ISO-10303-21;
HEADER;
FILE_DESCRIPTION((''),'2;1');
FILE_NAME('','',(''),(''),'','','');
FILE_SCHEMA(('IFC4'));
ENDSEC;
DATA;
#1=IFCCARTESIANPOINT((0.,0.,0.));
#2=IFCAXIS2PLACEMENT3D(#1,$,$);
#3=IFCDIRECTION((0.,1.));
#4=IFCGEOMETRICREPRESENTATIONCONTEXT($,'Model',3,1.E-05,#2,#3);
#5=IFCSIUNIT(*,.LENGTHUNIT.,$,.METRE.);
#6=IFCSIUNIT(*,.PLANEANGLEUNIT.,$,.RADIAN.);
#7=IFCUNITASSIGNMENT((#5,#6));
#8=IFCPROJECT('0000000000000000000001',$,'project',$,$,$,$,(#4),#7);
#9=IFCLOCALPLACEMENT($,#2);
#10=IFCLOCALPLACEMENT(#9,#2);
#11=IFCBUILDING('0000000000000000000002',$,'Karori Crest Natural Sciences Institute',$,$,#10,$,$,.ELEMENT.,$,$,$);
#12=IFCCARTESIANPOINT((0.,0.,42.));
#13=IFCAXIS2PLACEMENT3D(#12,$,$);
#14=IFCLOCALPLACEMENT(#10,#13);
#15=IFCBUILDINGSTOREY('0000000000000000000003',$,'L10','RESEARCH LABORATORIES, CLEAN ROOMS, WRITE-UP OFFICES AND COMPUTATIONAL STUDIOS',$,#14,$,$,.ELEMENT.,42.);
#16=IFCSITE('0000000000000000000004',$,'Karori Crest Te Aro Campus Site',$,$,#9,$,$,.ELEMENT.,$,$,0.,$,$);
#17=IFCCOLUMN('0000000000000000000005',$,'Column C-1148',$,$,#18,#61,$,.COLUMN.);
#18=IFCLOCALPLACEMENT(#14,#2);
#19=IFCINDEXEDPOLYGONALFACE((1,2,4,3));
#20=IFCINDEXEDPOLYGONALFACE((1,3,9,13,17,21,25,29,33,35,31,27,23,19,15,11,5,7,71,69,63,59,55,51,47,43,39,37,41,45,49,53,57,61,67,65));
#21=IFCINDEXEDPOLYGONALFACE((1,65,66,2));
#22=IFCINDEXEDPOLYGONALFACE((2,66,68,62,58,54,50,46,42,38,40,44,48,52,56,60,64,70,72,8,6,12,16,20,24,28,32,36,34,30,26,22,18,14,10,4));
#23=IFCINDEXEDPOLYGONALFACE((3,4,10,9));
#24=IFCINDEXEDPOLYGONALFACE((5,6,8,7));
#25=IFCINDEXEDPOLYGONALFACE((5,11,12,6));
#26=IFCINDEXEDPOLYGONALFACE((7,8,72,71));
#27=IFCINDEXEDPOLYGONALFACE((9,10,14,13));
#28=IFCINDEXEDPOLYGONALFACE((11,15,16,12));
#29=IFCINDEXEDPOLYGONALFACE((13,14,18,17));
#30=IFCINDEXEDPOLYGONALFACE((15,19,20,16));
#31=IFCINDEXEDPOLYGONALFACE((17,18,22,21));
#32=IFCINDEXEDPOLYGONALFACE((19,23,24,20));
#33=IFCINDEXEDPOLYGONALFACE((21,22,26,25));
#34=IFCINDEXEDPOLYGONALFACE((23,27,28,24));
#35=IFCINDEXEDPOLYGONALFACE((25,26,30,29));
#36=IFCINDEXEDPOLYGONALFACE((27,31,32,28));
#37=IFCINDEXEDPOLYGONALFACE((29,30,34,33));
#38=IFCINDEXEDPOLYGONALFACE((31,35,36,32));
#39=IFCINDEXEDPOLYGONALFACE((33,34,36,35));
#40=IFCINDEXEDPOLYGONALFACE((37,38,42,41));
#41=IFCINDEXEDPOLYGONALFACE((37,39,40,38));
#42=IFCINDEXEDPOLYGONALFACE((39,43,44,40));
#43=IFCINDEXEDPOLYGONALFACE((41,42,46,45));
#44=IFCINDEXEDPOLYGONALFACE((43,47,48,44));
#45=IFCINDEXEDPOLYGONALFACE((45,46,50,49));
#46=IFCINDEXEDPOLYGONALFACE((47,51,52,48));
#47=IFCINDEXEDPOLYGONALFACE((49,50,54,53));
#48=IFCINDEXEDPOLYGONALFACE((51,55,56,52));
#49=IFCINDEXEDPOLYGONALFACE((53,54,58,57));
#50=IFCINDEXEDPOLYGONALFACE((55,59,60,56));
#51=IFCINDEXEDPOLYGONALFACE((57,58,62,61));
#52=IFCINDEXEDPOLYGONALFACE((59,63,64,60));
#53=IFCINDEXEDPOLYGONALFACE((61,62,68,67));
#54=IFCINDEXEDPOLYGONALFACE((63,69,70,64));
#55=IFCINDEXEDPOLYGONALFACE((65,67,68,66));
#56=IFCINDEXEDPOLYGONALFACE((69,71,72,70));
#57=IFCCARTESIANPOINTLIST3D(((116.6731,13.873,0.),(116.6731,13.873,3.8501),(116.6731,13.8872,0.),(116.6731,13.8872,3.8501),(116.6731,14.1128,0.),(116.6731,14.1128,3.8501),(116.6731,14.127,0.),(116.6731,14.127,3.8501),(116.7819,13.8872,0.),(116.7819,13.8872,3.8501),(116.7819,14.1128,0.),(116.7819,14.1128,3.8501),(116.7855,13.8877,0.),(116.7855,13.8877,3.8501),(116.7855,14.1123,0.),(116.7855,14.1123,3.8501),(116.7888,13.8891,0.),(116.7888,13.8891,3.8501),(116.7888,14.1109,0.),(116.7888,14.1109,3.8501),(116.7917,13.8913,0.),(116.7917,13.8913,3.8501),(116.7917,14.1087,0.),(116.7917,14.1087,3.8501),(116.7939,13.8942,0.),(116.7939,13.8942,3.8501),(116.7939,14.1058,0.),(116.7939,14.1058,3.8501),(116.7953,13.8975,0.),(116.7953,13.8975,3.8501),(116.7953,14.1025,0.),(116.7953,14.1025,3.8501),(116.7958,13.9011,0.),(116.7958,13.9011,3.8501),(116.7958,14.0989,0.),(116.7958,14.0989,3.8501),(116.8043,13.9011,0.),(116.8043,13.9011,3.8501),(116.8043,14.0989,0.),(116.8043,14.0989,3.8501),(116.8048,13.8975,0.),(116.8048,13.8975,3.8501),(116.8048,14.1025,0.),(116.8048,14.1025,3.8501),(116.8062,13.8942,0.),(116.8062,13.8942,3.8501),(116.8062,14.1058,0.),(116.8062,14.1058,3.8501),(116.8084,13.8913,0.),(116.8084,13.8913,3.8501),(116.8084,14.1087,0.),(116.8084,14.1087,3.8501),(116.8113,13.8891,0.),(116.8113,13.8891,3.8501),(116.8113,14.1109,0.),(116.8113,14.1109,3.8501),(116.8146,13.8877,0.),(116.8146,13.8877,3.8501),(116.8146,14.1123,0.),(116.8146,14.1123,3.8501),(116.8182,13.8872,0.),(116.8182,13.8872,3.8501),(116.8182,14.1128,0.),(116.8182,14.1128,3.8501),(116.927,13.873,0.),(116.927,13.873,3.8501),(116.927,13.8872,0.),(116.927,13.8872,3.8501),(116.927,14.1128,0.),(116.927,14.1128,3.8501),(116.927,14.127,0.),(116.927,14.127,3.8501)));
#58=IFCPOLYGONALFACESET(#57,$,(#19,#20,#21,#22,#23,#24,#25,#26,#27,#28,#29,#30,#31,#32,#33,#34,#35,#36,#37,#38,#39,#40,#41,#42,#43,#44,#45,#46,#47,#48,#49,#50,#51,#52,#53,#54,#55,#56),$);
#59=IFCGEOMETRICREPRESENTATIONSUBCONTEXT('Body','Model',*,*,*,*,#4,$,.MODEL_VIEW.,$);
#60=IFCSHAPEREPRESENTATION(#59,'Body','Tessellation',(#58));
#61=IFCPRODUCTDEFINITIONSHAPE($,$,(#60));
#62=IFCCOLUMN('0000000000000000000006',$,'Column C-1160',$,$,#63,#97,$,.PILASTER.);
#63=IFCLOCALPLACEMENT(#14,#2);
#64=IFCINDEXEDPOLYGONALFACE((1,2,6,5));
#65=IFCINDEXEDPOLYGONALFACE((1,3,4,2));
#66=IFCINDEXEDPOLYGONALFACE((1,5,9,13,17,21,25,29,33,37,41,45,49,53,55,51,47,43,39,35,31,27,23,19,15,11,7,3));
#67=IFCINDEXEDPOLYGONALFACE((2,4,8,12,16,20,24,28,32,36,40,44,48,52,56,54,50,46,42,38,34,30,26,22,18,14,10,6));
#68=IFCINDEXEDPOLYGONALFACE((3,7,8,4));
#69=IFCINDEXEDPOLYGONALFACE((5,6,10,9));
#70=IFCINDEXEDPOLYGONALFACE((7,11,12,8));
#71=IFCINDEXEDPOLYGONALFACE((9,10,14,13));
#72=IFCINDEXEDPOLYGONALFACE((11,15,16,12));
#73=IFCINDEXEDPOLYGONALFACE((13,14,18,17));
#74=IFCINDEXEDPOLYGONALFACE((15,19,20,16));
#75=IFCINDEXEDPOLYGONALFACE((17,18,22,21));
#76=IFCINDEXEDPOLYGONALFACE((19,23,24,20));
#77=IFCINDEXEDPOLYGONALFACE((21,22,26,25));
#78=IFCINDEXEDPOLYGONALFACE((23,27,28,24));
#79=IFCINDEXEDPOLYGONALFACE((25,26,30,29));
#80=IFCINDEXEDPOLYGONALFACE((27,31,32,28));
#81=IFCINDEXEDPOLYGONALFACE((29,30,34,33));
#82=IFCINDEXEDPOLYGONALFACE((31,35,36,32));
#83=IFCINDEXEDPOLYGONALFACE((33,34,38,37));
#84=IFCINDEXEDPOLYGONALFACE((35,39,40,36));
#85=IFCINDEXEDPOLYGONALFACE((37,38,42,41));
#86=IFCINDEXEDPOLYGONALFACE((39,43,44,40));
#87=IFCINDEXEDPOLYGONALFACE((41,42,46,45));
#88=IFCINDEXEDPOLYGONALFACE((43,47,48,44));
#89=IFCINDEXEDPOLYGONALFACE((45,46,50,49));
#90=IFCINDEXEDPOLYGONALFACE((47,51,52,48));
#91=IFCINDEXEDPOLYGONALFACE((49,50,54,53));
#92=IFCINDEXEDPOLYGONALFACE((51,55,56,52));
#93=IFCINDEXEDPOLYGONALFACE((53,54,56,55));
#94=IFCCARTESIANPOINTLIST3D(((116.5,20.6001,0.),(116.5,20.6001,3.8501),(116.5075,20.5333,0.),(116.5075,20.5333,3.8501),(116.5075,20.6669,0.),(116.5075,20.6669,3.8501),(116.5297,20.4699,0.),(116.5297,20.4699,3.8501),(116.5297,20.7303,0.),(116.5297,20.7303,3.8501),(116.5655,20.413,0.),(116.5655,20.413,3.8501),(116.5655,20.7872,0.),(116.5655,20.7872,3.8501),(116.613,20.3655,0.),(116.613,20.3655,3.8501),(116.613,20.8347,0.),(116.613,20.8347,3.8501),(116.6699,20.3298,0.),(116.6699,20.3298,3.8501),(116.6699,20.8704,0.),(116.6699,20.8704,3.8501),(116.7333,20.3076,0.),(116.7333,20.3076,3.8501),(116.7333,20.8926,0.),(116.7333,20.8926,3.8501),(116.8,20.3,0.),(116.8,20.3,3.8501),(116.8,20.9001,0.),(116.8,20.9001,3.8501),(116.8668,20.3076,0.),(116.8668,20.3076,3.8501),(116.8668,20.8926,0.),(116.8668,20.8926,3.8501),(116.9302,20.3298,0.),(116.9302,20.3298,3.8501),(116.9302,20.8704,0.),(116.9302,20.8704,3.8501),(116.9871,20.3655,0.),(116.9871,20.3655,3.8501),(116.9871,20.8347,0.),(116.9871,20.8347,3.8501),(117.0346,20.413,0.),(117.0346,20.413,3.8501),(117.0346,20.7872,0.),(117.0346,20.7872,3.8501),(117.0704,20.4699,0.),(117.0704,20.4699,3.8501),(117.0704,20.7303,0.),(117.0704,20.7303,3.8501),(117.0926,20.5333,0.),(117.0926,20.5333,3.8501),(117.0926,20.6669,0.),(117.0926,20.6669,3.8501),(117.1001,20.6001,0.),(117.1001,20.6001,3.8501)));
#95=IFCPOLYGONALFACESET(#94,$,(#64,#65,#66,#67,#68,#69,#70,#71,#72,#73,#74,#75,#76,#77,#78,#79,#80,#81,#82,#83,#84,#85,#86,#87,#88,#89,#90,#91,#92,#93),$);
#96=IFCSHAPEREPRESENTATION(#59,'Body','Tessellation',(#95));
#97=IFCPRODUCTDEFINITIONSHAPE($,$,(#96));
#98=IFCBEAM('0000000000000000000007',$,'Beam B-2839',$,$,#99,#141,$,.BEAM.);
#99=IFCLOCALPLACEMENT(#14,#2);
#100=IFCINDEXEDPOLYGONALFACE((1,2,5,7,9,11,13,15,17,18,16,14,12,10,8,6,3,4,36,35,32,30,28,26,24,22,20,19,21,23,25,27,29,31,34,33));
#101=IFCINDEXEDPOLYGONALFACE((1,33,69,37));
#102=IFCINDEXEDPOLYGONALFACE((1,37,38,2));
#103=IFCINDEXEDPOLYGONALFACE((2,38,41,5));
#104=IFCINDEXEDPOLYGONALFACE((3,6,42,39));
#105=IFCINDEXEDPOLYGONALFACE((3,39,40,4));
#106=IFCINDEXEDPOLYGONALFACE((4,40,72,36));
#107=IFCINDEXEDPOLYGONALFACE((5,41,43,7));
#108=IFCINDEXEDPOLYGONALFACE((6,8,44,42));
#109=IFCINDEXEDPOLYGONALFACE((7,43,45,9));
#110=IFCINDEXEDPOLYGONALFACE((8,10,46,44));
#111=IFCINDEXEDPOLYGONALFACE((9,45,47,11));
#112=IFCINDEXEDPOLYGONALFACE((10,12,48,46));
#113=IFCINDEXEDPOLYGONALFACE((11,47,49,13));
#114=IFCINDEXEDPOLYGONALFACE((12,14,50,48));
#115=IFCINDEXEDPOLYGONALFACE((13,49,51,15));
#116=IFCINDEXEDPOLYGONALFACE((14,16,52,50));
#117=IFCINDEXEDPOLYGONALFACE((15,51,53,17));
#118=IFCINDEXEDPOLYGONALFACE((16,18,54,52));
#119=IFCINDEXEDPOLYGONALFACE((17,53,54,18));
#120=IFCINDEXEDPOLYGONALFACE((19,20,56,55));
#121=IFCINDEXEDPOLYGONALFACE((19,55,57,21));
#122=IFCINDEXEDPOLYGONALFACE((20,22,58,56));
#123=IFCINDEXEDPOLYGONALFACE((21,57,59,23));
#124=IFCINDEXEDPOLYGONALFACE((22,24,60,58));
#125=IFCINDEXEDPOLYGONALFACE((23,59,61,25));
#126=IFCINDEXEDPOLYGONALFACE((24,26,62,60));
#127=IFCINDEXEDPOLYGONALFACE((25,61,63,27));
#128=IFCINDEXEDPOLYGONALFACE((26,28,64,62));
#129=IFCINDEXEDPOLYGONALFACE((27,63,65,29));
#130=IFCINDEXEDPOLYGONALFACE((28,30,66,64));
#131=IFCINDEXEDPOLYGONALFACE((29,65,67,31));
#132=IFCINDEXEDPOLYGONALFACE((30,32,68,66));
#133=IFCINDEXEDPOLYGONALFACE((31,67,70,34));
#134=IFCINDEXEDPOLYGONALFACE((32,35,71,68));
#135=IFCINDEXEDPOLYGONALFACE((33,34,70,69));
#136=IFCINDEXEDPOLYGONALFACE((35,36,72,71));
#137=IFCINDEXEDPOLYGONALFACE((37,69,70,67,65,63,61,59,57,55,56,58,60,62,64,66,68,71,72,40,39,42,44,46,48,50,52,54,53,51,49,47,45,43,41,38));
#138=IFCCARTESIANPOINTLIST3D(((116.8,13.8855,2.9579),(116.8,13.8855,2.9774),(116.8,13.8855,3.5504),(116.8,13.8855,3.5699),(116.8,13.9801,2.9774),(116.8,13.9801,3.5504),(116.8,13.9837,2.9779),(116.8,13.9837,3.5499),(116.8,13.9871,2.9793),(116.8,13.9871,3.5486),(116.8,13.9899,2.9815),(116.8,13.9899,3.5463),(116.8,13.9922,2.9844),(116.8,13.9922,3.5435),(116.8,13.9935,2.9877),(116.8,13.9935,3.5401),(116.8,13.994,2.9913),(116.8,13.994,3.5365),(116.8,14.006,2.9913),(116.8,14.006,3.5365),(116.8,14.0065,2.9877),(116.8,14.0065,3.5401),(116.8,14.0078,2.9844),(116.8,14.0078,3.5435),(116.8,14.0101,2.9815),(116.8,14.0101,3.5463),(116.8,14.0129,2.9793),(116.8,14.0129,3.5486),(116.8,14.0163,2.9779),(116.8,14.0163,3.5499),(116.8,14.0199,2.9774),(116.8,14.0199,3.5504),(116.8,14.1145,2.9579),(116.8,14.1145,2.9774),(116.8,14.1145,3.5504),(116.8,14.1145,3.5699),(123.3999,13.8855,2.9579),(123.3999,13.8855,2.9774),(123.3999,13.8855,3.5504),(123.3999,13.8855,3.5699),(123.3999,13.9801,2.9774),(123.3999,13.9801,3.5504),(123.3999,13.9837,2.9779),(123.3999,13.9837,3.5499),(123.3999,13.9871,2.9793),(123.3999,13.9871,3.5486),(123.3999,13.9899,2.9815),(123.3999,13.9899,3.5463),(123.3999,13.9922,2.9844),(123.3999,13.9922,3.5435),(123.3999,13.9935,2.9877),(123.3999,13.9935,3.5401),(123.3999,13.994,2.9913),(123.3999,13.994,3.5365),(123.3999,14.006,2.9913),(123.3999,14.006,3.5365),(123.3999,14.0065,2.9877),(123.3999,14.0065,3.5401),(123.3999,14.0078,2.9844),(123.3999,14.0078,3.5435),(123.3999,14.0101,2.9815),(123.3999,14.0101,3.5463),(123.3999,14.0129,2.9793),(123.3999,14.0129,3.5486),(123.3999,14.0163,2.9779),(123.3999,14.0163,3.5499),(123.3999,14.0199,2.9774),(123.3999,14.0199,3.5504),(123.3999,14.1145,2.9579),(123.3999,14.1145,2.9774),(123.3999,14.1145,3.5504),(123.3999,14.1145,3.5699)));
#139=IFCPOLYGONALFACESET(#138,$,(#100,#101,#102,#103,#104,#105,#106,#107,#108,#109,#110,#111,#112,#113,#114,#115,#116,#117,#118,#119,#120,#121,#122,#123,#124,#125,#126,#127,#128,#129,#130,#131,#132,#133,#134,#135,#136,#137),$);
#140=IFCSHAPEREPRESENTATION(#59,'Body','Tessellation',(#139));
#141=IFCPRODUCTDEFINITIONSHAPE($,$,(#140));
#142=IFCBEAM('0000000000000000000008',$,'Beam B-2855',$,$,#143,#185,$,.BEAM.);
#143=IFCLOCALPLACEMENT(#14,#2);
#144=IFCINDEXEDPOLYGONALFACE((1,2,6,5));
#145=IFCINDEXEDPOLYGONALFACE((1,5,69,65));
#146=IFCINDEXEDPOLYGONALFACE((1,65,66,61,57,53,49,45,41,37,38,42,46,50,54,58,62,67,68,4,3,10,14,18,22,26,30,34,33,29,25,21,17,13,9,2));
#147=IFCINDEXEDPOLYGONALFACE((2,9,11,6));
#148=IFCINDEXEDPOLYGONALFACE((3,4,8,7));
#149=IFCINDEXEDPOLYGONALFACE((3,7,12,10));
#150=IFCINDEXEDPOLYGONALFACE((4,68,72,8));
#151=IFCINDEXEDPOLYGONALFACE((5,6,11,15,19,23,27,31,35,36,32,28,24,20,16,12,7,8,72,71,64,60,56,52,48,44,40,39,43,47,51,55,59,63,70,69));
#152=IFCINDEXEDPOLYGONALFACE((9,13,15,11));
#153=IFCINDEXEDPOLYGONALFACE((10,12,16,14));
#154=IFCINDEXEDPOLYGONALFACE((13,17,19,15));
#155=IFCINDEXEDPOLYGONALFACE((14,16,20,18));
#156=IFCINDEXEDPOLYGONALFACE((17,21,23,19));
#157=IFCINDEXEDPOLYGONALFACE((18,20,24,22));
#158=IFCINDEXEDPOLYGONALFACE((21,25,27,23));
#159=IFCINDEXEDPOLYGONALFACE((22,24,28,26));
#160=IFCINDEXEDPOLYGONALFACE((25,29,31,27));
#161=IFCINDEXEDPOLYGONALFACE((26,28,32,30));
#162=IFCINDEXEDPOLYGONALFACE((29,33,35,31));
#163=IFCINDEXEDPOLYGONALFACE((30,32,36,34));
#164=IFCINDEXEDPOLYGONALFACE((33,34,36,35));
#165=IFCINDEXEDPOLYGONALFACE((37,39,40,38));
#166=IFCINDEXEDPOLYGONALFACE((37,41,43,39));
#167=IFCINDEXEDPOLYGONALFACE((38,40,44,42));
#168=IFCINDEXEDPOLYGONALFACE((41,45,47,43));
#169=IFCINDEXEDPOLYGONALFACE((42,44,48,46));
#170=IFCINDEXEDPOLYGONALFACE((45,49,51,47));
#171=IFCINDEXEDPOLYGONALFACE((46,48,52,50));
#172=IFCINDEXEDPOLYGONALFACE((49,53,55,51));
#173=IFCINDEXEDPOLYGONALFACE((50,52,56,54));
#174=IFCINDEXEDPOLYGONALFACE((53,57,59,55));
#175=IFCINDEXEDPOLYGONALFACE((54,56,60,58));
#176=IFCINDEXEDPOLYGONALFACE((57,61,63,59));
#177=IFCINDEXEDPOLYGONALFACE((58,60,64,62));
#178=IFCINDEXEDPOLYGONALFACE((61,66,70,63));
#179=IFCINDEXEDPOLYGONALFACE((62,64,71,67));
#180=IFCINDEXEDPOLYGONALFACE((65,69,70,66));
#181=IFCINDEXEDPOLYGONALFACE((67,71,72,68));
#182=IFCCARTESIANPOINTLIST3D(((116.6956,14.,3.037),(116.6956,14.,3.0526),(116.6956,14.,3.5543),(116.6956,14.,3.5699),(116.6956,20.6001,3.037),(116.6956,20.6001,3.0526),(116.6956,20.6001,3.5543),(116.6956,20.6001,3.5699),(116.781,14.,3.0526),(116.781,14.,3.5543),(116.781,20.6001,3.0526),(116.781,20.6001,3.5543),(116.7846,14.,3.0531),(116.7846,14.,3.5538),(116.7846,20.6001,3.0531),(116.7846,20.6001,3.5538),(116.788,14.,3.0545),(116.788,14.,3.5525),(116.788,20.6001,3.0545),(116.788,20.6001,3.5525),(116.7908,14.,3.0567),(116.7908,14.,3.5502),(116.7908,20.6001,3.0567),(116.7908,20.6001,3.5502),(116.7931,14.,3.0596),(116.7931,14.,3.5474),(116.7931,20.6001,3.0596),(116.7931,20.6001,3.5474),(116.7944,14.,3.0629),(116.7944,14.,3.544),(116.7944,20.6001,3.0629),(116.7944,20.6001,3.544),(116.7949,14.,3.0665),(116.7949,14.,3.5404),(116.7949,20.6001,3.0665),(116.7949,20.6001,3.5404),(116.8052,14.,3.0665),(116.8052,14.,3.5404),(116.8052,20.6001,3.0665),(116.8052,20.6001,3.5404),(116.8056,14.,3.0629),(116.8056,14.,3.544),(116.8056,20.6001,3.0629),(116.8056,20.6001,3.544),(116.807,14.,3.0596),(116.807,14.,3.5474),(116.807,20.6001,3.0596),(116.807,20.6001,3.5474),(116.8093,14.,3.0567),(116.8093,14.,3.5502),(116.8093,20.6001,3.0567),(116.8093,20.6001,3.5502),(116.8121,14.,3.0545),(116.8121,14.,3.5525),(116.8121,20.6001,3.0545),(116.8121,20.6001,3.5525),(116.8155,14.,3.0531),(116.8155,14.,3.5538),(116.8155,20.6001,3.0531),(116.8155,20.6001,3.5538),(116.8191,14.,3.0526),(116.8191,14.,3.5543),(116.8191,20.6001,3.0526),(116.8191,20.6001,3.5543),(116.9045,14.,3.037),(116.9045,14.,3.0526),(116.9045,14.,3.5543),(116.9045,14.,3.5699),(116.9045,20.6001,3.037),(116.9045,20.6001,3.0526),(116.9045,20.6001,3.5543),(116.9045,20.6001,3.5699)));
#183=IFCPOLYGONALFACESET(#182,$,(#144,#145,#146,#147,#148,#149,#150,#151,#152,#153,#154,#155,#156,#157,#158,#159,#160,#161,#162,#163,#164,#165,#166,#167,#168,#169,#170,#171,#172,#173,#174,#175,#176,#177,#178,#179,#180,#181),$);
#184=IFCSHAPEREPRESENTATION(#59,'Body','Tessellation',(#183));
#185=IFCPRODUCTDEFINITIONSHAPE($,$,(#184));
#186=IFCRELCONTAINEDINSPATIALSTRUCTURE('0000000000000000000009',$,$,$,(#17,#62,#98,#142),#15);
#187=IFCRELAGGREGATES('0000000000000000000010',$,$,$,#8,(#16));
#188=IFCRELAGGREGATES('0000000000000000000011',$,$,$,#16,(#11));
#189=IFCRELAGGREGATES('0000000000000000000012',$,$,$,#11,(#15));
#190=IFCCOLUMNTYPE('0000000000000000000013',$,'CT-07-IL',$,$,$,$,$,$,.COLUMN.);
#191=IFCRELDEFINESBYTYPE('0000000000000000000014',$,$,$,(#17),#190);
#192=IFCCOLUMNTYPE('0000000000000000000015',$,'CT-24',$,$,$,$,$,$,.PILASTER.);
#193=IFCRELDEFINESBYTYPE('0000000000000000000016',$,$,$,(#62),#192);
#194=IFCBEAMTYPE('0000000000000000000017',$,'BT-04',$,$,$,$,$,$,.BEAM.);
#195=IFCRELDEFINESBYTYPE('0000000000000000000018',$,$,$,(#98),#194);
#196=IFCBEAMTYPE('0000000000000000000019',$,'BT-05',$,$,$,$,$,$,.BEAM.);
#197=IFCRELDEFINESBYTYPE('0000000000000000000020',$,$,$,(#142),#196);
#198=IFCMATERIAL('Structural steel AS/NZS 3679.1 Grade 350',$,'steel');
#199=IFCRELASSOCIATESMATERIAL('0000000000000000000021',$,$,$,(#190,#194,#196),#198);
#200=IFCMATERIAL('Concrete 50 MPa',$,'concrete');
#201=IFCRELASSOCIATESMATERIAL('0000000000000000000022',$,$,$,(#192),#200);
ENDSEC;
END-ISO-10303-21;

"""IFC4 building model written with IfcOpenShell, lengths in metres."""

from ifc_helpers import new_model, si_unit, direction, frame, origin, origin_2d, place, context, subcontext, project, spatial, circle, i_section, extrude, material, material_profile, profile_set, type_object, element, save


model = new_model("IFC4")

# Units and contexts
model_context = context("Model", 3, precision=1e-05, world=origin(), true_north=direction((0.0, 1.0)))
body_context = subcontext(model_context, "Body", "Model", "MODEL_VIEW")
ifc_project = project(units=[si_unit("LENGTHUNIT", "METRE"), si_unit("PLANEANGLEUNIT", "RADIAN")], contexts=[model_context])

# Site, building, storey
site_placement = place(None, origin())
site = spatial("IfcSite", under=ifc_project, at=site_placement, Name="Karori Crest Te Aro Campus Site", CompositionType="ELEMENT", RefElevation=0.0)
building_placement = place(site_placement, origin())
building = spatial("IfcBuilding", under=site, at=building_placement, Name="Karori Crest Natural Sciences Institute", CompositionType="ELEMENT")
storey_placement = place(building_placement, frame((0.0, 0.0, 42.0)))
storey = spatial("IfcBuildingStorey", under=building, at=storey_placement, Name="L10", Description="RESEARCH LABORATORIES, CLEAN ROOMS, WRITE-UP OFFICES AND COMPUTATIONAL STUDIOS", CompositionType="ELEMENT", Elevation=42.0)

# Columns
ifc_material_1 = material(Name="Structural steel AS/NZS 3679.1 Grade 350", Category="steel")
ifc_material_profile_1 = material_profile(ifc_material_1, i_section(OverallWidth=0.2539, OverallDepth=0.2539, WebThickness=0.0085, FlangeThickness=0.0142, FilletRadius=0.0139, at=origin_2d()), Name="250UC72.9")
ifc_profile_set_1 = profile_set([ifc_material_profile_1], Name="Structural steel AS/NZS 3679.1 Grade 350")
column_type_1 = type_object("IfcColumnType", Name="CT-07-IL", PredefinedType="COLUMN", material=ifc_profile_set_1)
column_1_placement = place(storey_placement, frame((116.8, 14.0, 0.0), z_axis=(0.0, 0.0, 1.0), x_axis=(1.0, 0.0, 0.0)))
element("IfcColumn", 1, at=column_1_placement, inside=storey, type_object=column_type_1, Name="Column C-1148", PredefinedType="COLUMN", context=body_context, shape_type="SweptSolid", body=[
    extrude(i_section(OverallWidth=0.2539, OverallDepth=0.2539, WebThickness=0.0085, FlangeThickness=0.0142, FilletRadius=0.0139, at=origin_2d()), origin(), (0.0, 0.0, 1.0), 3.8501),
])
ifc_material_2 = material(Name="Concrete 50 MPa", Category="concrete")
ifc_material_profile_2 = material_profile(ifc_material_2, circle(Radius=0.3, at=origin_2d()), Name="RCC600")
ifc_profile_set_2 = profile_set([ifc_material_profile_2], Name="Concrete 50 MPa")
column_type_2 = type_object("IfcColumnType", Name="CT-24", PredefinedType="PILASTER", material=ifc_profile_set_2)
column_2_placement = place(storey_placement, frame((116.8, 20.6001, 0.0), z_axis=(0.0, 0.0, 1.0), x_axis=(1.0, 0.0, 0.0)))
element("IfcColumn", 2, at=column_2_placement, inside=storey, type_object=column_type_2, Name="Column C-1160", PredefinedType="PILASTER", context=body_context, shape_type="SweptSolid", body=[
    extrude(circle(Radius=0.3, at=origin_2d()), origin(), (0.0, 0.0, 1.0), 3.8501),
])

# Beams
ifc_material_profile_3 = material_profile(ifc_material_1, i_section(OverallWidth=0.229, OverallDepth=0.6121, WebThickness=0.012, FlangeThickness=0.0195, FilletRadius=0.0139, at=origin_2d()), Name="610UB125")
ifc_profile_set_3 = profile_set([ifc_material_profile_3], Name="Structural steel AS/NZS 3679.1 Grade 350")
beam_type_1 = type_object("IfcBeamType", Name="BT-04", PredefinedType="BEAM", material=ifc_profile_set_3)
beam_1_placement = place(storey_placement, frame((116.8, 14.0, 3.2639), z_axis=(1.0, 0.0, 0.0), x_axis=(0.0, 1.0, 0.0)))
element("IfcBeam", 3, at=beam_1_placement, inside=storey, type_object=beam_type_1, Name="Beam B-2839", PredefinedType="BEAM", context=body_context, shape_type="SweptSolid", body=[
    extrude(i_section(OverallWidth=0.229, OverallDepth=0.6121, WebThickness=0.012, FlangeThickness=0.0195, FilletRadius=0.0139, at=origin_2d()), origin(), (0.0, 0.0, 1.0), 6.5999),
])
ifc_material_profile_4 = material_profile(ifc_material_1, i_section(OverallWidth=0.209, OverallDepth=0.533, WebThickness=0.0103, FlangeThickness=0.0156, FilletRadius=0.0139, at=origin_2d()), Name="530UB92.4")
ifc_profile_set_4 = profile_set([ifc_material_profile_4], Name="Structural steel AS/NZS 3679.1 Grade 350")
beam_type_2 = type_object("IfcBeamType", Name="BT-05", PredefinedType="BEAM", material=ifc_profile_set_4)
beam_2_placement = place(storey_placement, frame((116.8, 14.0, 3.3035), z_axis=(0.0, 1.0, 0.0), x_axis=(-1.0, 0.0, 0.0)))
element("IfcBeam", 4, at=beam_2_placement, inside=storey, type_object=beam_type_2, Name="Beam B-2855", PredefinedType="BEAM", context=body_context, shape_type="SweptSolid", body=[
    extrude(i_section(OverallWidth=0.209, OverallDepth=0.533, WebThickness=0.0103, FlangeThickness=0.0156, FilletRadius=0.0139, at=origin_2d()), origin(), (0.0, 0.0, 1.0), 6.6001),
])

save(model, "model.ifc")
